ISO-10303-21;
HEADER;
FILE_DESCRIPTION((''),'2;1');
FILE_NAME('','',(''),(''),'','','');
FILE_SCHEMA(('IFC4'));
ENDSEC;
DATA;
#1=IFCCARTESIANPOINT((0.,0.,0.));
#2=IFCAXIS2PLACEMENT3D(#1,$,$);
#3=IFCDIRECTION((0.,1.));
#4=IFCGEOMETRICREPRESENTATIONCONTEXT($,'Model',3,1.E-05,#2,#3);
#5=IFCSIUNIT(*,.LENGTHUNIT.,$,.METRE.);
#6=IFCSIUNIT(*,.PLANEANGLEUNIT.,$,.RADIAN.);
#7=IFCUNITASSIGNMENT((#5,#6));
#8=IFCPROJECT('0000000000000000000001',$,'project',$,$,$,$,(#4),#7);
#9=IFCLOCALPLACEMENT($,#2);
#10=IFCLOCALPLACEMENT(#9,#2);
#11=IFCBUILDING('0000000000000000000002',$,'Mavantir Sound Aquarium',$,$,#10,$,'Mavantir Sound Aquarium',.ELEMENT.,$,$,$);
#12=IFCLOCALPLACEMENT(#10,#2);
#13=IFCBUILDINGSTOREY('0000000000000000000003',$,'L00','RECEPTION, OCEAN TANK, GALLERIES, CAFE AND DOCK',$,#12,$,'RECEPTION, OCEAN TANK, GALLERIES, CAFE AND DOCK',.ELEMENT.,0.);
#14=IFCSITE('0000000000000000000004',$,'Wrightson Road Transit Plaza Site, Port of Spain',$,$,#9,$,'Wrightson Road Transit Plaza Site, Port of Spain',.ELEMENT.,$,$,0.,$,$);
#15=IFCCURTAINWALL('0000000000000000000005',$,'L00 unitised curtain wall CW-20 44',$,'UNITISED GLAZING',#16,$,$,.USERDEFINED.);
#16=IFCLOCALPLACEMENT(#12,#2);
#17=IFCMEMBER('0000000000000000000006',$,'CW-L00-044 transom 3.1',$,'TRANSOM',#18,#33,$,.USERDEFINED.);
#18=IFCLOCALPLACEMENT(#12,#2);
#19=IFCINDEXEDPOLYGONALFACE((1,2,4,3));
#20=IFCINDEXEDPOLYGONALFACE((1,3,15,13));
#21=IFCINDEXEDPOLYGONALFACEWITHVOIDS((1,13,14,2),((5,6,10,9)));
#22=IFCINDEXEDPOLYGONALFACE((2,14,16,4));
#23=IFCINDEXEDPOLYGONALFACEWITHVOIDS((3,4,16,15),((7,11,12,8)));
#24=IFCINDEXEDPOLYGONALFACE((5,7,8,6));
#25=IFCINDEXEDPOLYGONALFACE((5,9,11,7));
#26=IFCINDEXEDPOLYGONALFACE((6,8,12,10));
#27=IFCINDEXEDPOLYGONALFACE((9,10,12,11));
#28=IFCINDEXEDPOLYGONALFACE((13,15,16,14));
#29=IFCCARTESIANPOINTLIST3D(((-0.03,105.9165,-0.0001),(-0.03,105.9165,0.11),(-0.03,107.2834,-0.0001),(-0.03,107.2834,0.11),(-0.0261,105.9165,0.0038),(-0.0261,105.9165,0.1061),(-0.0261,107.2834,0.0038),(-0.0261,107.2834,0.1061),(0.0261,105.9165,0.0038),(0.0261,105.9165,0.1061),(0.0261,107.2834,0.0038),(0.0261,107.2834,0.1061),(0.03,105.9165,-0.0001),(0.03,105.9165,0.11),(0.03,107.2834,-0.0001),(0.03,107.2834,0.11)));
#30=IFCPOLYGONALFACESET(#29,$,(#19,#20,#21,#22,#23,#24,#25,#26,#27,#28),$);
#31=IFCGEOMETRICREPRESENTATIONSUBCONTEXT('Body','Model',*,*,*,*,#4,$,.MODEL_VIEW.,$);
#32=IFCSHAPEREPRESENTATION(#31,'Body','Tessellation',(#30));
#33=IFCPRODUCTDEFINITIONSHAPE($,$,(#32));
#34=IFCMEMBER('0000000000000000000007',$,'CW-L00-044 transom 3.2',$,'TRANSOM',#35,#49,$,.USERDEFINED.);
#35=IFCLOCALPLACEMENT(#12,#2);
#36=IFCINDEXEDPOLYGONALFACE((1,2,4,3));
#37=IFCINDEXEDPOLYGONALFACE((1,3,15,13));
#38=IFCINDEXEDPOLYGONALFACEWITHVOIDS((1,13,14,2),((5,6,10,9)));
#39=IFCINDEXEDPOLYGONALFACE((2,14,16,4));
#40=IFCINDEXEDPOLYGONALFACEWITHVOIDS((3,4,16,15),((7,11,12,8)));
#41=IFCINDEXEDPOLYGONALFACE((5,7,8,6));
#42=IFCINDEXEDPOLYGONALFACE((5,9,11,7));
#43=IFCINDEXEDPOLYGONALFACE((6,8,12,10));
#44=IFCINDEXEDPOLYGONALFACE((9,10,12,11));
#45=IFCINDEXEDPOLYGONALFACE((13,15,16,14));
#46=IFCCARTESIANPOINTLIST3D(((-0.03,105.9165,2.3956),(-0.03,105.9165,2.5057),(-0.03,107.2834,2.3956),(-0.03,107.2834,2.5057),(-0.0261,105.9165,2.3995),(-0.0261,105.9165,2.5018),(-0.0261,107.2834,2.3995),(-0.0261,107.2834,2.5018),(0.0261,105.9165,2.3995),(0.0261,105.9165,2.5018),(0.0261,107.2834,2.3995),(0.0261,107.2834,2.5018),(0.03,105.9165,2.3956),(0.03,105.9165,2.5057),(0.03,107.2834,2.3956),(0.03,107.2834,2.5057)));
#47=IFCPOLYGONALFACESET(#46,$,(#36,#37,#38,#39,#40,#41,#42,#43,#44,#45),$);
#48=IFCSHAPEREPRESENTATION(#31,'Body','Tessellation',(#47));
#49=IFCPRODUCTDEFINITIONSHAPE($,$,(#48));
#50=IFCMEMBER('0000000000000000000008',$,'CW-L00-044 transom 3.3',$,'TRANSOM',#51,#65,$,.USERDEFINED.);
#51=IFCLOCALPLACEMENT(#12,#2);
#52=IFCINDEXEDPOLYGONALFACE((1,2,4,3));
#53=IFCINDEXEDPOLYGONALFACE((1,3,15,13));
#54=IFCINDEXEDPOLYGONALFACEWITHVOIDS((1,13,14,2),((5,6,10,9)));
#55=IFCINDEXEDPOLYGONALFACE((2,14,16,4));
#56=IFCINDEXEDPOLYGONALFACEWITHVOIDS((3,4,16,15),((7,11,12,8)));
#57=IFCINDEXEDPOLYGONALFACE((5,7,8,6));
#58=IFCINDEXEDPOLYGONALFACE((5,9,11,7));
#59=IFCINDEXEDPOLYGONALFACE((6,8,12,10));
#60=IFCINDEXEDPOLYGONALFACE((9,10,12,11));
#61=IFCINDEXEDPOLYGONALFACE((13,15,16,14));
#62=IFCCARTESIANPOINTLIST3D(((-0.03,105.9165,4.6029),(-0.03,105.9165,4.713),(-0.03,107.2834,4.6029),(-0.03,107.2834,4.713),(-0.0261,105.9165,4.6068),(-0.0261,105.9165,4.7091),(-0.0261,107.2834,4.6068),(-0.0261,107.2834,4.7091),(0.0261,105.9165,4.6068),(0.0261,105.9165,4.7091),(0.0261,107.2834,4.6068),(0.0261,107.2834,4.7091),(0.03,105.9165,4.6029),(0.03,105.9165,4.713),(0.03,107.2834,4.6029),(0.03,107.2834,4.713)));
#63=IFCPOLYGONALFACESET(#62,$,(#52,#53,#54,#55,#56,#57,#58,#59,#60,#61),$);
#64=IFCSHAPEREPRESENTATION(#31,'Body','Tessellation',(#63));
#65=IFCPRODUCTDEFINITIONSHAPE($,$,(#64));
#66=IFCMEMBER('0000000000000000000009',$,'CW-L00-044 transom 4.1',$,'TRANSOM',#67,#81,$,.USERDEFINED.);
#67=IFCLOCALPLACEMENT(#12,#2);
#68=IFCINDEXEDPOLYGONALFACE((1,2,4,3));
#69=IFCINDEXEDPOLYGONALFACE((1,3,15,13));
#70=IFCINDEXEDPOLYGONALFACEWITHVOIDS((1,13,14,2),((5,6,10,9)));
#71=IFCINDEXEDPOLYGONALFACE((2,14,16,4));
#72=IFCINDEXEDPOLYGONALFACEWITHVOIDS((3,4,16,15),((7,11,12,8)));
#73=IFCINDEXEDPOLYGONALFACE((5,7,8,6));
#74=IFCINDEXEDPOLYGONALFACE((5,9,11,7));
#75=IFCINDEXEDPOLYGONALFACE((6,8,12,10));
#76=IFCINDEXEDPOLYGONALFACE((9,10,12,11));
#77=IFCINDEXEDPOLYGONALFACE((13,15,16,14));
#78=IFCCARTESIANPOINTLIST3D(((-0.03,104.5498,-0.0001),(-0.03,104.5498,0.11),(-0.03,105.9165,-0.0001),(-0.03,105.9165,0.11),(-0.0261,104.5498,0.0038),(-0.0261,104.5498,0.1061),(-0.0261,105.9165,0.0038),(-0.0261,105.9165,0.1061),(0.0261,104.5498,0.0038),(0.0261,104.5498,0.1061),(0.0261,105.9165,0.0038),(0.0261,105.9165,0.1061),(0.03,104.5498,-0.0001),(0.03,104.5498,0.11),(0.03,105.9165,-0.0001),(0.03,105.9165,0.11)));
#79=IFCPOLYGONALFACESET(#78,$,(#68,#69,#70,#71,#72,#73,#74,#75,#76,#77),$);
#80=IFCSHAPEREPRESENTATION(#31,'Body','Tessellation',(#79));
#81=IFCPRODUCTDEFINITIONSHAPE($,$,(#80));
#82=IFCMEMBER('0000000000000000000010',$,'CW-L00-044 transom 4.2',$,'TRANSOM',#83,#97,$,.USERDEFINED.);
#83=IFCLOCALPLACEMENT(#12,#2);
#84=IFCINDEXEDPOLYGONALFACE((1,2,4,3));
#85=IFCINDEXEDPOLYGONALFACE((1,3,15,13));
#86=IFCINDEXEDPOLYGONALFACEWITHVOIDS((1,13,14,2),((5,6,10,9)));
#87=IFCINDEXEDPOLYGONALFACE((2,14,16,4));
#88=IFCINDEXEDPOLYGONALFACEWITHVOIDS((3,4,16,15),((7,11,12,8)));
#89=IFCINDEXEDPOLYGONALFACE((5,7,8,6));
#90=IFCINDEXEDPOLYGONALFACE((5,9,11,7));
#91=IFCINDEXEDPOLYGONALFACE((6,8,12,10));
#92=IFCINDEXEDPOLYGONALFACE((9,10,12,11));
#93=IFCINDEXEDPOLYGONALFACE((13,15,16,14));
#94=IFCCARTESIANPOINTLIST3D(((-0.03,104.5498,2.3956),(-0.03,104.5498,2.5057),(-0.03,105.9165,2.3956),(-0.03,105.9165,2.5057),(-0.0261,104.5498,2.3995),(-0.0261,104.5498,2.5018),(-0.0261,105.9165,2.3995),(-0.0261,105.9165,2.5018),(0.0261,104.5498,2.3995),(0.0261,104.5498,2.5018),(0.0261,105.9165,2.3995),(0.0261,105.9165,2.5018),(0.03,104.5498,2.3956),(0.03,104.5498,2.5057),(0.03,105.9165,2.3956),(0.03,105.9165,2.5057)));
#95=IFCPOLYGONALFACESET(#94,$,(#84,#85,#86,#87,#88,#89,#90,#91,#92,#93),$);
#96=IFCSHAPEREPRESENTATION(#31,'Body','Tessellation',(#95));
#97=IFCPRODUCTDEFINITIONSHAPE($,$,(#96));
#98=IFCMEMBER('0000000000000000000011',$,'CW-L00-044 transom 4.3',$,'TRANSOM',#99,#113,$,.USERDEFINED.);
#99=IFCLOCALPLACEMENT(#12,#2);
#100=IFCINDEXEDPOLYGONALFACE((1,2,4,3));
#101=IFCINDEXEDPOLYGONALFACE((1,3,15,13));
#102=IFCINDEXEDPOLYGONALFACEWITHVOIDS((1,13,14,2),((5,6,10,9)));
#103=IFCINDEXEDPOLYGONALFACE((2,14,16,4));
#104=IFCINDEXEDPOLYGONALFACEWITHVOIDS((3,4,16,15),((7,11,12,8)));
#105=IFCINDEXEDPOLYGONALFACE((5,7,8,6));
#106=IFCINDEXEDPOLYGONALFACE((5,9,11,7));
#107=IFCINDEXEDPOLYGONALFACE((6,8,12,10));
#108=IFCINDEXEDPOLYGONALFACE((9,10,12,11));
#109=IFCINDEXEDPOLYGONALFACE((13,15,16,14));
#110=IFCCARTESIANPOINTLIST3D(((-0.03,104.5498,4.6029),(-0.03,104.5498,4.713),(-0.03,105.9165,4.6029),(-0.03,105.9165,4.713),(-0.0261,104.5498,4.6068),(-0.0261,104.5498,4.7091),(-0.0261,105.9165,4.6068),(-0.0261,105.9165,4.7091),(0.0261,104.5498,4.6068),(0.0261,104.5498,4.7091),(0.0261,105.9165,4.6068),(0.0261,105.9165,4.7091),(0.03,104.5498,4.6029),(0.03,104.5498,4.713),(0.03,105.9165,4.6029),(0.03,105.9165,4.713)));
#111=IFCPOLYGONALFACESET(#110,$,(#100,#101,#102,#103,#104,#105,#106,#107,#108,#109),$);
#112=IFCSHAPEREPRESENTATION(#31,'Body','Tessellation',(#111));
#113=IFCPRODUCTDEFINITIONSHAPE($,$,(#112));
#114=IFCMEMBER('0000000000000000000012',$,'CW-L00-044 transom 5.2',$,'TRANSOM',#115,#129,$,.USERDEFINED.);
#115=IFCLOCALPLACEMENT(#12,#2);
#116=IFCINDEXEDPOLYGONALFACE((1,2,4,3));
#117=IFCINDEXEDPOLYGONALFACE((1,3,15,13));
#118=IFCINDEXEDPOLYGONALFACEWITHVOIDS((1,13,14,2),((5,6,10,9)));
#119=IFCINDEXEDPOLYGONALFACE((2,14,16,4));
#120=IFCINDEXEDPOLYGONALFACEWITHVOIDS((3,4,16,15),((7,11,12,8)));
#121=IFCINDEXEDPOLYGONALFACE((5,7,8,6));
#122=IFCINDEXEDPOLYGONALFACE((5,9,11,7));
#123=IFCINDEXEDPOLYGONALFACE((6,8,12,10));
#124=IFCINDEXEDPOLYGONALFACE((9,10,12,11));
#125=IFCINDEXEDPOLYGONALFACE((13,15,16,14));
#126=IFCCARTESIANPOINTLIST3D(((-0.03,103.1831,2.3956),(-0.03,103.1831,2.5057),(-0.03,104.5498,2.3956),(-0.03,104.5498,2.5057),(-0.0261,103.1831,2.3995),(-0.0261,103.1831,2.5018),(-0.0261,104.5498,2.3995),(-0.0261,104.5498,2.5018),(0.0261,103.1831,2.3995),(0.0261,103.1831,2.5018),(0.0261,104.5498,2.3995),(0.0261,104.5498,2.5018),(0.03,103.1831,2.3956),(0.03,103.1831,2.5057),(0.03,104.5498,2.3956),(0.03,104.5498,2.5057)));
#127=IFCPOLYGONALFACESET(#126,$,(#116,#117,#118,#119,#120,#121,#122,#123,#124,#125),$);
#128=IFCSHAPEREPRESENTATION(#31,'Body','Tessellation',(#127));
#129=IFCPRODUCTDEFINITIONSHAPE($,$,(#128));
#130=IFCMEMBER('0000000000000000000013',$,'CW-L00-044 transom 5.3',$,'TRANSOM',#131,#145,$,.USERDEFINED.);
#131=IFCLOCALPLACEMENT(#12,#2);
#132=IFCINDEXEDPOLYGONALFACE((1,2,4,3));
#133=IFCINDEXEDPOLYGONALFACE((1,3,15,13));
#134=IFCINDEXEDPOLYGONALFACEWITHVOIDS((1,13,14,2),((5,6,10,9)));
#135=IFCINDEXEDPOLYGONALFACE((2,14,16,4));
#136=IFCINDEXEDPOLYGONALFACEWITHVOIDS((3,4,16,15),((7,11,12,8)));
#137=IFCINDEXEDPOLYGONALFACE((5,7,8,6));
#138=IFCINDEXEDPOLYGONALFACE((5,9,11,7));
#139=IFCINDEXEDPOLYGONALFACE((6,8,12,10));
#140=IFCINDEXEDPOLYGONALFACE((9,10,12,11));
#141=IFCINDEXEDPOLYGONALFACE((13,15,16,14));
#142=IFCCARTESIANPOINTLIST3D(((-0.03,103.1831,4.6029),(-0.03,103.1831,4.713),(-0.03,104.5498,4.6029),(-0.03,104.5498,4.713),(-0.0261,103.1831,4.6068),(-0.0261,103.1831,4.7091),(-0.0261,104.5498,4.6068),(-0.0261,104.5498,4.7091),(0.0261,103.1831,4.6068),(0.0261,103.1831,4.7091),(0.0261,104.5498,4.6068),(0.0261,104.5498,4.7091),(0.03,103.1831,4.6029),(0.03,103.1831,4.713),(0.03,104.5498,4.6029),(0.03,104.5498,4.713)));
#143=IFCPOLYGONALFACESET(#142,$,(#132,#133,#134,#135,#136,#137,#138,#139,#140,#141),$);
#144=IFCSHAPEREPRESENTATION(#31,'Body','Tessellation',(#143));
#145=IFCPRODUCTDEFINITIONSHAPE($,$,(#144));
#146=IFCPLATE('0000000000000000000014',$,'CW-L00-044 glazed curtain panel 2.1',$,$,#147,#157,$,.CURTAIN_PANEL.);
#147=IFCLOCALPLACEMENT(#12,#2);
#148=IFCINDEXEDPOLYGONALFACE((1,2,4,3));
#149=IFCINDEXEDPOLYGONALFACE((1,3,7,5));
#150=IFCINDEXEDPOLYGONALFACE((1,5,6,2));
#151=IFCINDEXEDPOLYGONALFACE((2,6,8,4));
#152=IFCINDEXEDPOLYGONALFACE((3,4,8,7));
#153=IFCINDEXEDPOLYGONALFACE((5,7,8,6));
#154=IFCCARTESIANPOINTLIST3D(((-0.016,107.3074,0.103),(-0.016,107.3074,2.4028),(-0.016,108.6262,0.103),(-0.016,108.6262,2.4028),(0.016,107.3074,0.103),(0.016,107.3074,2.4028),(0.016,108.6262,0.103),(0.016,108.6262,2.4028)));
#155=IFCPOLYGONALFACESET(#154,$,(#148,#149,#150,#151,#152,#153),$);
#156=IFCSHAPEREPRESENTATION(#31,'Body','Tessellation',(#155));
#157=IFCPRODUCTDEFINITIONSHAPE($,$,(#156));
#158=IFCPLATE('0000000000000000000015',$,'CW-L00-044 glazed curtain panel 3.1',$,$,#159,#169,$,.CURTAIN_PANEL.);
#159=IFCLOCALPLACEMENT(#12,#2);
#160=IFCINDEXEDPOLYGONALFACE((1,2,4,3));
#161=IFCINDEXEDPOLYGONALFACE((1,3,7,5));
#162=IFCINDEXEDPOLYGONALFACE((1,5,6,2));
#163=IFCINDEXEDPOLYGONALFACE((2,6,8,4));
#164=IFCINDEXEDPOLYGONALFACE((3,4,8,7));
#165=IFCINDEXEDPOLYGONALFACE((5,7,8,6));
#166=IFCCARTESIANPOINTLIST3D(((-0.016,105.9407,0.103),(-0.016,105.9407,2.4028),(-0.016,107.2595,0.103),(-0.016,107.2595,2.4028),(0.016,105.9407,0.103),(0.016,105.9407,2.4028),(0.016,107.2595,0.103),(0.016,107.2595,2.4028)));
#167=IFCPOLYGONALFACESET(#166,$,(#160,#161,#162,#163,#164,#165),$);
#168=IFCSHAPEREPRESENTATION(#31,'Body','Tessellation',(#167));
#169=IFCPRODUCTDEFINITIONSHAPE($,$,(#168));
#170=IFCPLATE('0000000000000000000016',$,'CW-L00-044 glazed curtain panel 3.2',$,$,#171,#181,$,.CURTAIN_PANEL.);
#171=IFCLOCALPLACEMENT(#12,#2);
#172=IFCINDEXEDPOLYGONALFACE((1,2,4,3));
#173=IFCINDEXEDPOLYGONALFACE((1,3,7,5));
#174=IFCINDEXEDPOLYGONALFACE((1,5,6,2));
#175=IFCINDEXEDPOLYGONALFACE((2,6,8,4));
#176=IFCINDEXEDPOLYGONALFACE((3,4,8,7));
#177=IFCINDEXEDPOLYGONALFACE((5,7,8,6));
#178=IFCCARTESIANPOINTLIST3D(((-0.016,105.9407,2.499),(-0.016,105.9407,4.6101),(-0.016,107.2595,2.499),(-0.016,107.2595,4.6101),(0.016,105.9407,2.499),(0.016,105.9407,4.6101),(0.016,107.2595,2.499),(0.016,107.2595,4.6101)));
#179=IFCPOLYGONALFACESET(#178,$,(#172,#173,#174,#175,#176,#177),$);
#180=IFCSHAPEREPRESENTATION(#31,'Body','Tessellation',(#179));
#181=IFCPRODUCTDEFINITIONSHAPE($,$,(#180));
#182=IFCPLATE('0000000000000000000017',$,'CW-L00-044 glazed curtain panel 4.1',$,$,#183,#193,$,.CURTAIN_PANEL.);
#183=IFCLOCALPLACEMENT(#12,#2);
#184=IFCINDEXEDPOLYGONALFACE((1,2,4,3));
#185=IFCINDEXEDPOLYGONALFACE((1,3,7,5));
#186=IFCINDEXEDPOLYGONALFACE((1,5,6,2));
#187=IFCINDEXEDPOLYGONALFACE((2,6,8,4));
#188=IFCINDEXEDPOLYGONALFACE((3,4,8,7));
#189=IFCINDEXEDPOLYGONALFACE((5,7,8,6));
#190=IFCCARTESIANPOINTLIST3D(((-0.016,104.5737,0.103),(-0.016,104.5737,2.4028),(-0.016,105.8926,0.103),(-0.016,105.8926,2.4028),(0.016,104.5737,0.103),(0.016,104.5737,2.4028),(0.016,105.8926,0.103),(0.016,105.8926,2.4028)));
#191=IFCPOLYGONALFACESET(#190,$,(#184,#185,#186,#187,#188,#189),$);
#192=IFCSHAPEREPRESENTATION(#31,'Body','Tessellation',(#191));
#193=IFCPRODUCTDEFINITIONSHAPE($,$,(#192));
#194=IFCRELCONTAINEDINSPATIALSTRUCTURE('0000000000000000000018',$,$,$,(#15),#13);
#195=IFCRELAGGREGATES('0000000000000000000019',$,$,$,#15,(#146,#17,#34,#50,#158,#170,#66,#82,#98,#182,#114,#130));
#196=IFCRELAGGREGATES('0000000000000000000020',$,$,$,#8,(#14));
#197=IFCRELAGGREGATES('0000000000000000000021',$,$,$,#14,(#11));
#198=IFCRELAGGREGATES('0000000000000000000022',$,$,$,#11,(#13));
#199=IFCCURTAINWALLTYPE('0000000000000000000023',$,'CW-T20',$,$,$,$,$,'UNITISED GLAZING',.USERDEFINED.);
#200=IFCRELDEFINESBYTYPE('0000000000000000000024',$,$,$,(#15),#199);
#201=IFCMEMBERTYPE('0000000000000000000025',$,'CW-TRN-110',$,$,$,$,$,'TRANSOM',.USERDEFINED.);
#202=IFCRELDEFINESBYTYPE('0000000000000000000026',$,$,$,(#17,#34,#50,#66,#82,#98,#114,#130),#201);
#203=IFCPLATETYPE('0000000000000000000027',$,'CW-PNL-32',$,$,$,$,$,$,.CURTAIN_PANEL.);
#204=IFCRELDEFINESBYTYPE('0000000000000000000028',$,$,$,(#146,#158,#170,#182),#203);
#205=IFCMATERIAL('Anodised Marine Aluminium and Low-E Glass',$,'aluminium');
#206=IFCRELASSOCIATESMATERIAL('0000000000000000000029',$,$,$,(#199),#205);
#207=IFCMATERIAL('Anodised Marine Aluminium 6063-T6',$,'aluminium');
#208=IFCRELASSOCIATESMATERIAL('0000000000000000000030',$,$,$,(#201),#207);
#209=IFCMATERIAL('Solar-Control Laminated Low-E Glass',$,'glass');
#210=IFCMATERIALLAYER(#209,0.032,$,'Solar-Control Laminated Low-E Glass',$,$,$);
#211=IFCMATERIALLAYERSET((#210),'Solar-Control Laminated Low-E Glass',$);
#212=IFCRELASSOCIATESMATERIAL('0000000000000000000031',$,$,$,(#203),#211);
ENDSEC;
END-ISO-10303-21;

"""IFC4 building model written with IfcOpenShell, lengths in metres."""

from ifc_helpers import new_model, si_unit, direction, frame, origin, origin_2d, place, context, subcontext, project, spatial, rectangle, hollow_rectangle, extrude, material, layer, layer_set, material_profile, profile_set, type_object, element, aggregate, save


model = new_model("IFC4")

# Units and contexts
model_context = context("Model", 3, precision=1e-05, world=origin(), true_north=direction((0.0, 1.0)))
body_context = subcontext(model_context, "Body", "Model", "MODEL_VIEW")
ifc_project = project(units=[si_unit("LENGTHUNIT", "METRE"), si_unit("PLANEANGLEUNIT", "RADIAN")], contexts=[model_context])

# Site, building, storey
site_placement = place(None, origin())
site = spatial("IfcSite", under=ifc_project, at=site_placement, Name="Wrightson Road Transit Plaza Site, Port of Spain", LongName="Wrightson Road Transit Plaza Site, Port of Spain", CompositionType="ELEMENT", RefElevation=0.0)
building_placement = place(site_placement, origin())
building = spatial("IfcBuilding", under=site, at=building_placement, Name="Mavantir Sound Aquarium", LongName="Mavantir Sound Aquarium", CompositionType="ELEMENT")
storey_placement = place(building_placement, origin())
storey = spatial("IfcBuildingStorey", under=building, at=storey_placement, Name="L00", Description="RECEPTION, OCEAN TANK, GALLERIES, CAFE AND DOCK", LongName="RECEPTION, OCEAN TANK, GALLERIES, CAFE AND DOCK", CompositionType="ELEMENT", Elevation=0.0)

# Curtain wall, members, plates
ifc_material_1 = material(Name="Anodised Marine Aluminium and Low-E Glass", Category="aluminium")
curtain_wall_type = type_object("IfcCurtainWallType", Name="CW-T20", ElementType="UNITISED GLAZING", PredefinedType="USERDEFINED", material=ifc_material_1)
curtain_wall_placement = place(storey_placement, origin())
curtain_wall = element("IfcCurtainWall", 1, at=curtain_wall_placement, inside=storey, type_object=curtain_wall_type, Name="L00 unitised curtain wall CW-20 44", ObjectType="UNITISED GLAZING", PredefinedType="USERDEFINED")
ifc_material_2 = material(Name="Anodised Marine Aluminium 6063-T6", Category="aluminium")
ifc_material_profile_1 = material_profile(ifc_material_2, hollow_rectangle(XDim=0.0601, YDim=0.1101, WallThickness=0.0039, at=origin_2d()), Name="ALU-TRANSOM-110X60")
ifc_profile_set_1 = profile_set([ifc_material_profile_1], Name="Anodised Marine Aluminium 6063-T6")
member_type_1 = type_object("IfcMemberType", Name="CW-TRN-110", ElementType="TRANSOM", PredefinedType="USERDEFINED", material=ifc_profile_set_1)
member_1_placement = place(storey_placement, frame((0.0, 107.2834, 0.0549), z_axis=(0.0, -1.0, 0.0), x_axis=(1.0, 0.0, 0.0)))
member_1 = element("IfcMember", 2, at=member_1_placement, type_object=member_type_1, Name="CW-L00-044 transom 3.1", ObjectType="TRANSOM", PredefinedType="USERDEFINED", context=body_context, shape_type="SweptSolid", body=[
    extrude(hollow_rectangle(XDim=0.0601, YDim=0.1101, WallThickness=0.0039, at=origin_2d()), origin(), (0.0, 0.0, 1.0), 1.3669),
])
member_2_placement = place(storey_placement, frame((0.0, 107.2834, 2.4507), z_axis=(0.0, -1.0, 0.0), x_axis=(1.0, 0.0, 0.0)))
member_2 = element("IfcMember", 3, at=member_2_placement, type_object=member_type_1, Name="CW-L00-044 transom 3.2", ObjectType="TRANSOM", PredefinedType="USERDEFINED", context=body_context, shape_type="SweptSolid", body=[
    extrude(hollow_rectangle(XDim=0.0601, YDim=0.1101, WallThickness=0.0039, at=origin_2d()), origin(), (0.0, 0.0, 1.0), 1.3669),
])
member_3_placement = place(storey_placement, frame((0.0, 107.2834, 4.658), z_axis=(0.0, -1.0, 0.0), x_axis=(1.0, 0.0, 0.0)))
member_3 = element("IfcMember", 4, at=member_3_placement, type_object=member_type_1, Name="CW-L00-044 transom 3.3", ObjectType="TRANSOM", PredefinedType="USERDEFINED", context=body_context, shape_type="SweptSolid", body=[
    extrude(hollow_rectangle(XDim=0.0601, YDim=0.1101, WallThickness=0.0039, at=origin_2d()), origin(), (0.0, 0.0, 1.0), 1.3669),
])
member_4_placement = place(storey_placement, frame((0.0, 105.9165, 0.0549), z_axis=(0.0, -1.0, 0.0), x_axis=(1.0, 0.0, 0.0)))
member_4 = element("IfcMember", 5, at=member_4_placement, type_object=member_type_1, Name="CW-L00-044 transom 4.1", ObjectType="TRANSOM", PredefinedType="USERDEFINED", context=body_context, shape_type="SweptSolid", body=[
    extrude(hollow_rectangle(XDim=0.0601, YDim=0.1101, WallThickness=0.0039, at=origin_2d()), origin(), (0.0, 0.0, 1.0), 1.3667),
])
member_5_placement = place(storey_placement, frame((0.0, 105.9165, 2.4507), z_axis=(0.0, -1.0, 0.0), x_axis=(1.0, 0.0, 0.0)))
member_5 = element("IfcMember", 6, at=member_5_placement, type_object=member_type_1, Name="CW-L00-044 transom 4.2", ObjectType="TRANSOM", PredefinedType="USERDEFINED", context=body_context, shape_type="SweptSolid", body=[
    extrude(hollow_rectangle(XDim=0.0601, YDim=0.1101, WallThickness=0.0039, at=origin_2d()), origin(), (0.0, 0.0, 1.0), 1.3667),
])
member_6_placement = place(storey_placement, frame((0.0, 105.9165, 4.658), z_axis=(0.0, -1.0, 0.0), x_axis=(1.0, 0.0, 0.0)))
member_6 = element("IfcMember", 7, at=member_6_placement, type_object=member_type_1, Name="CW-L00-044 transom 4.3", ObjectType="TRANSOM", PredefinedType="USERDEFINED", context=body_context, shape_type="SweptSolid", body=[
    extrude(hollow_rectangle(XDim=0.0601, YDim=0.1101, WallThickness=0.0039, at=origin_2d()), origin(), (0.0, 0.0, 1.0), 1.3667),
])
member_7_placement = place(storey_placement, frame((0.0, 104.5498, 2.4507), z_axis=(0.0, -1.0, 0.0), x_axis=(1.0, 0.0, 0.0)))
member_7 = element("IfcMember", 8, at=member_7_placement, type_object=member_type_1, Name="CW-L00-044 transom 5.2", ObjectType="TRANSOM", PredefinedType="USERDEFINED", context=body_context, shape_type="SweptSolid", body=[
    extrude(hollow_rectangle(XDim=0.0601, YDim=0.1101, WallThickness=0.0039, at=origin_2d()), origin(), (0.0, 0.0, 1.0), 1.3667),
])
member_8_placement = place(storey_placement, frame((0.0, 104.5498, 4.658), z_axis=(0.0, -1.0, 0.0), x_axis=(1.0, 0.0, 0.0)))
member_8 = element("IfcMember", 9, at=member_8_placement, type_object=member_type_1, Name="CW-L00-044 transom 5.3", ObjectType="TRANSOM", PredefinedType="USERDEFINED", context=body_context, shape_type="SweptSolid", body=[
    extrude(hollow_rectangle(XDim=0.0601, YDim=0.1101, WallThickness=0.0039, at=origin_2d()), origin(), (0.0, 0.0, 1.0), 1.3667),
])
ifc_material_3 = material(Name="Solar-Control Laminated Low-E Glass", Category="glass")
ifc_layer_1 = layer(ifc_material_3, 0.032, Name="Solar-Control Laminated Low-E Glass")
ifc_layer_set_1 = layer_set([ifc_layer_1], Name="Solar-Control Laminated Low-E Glass")
plate_type = type_object("IfcPlateType", Name="CW-PNL-32", PredefinedType="CURTAIN_PANEL", material=ifc_layer_set_1)
plate_1_placement = place(storey_placement, frame((0.0, 107.9668, 0.103), z_axis=(0.0, 0.0, 1.0), x_axis=(0.0, -1.0, 0.0)))
plate_1 = element("IfcPlate", 10, at=plate_1_placement, type_object=plate_type, Name="CW-L00-044 glazed curtain panel 2.1", PredefinedType="CURTAIN_PANEL", context=body_context, shape_type="SweptSolid", body=[
    extrude(rectangle(XDim=1.3188, YDim=0.032, at=origin_2d()), origin(), (0.0, 0.0, 1.0), 2.2998),
])
plate_2_placement = place(storey_placement, frame((0.0, 106.6001, 0.103), z_axis=(0.0, 0.0, 1.0), x_axis=(0.0, -1.0, 0.0)))
plate_2 = element("IfcPlate", 11, at=plate_2_placement, type_object=plate_type, Name="CW-L00-044 glazed curtain panel 3.1", PredefinedType="CURTAIN_PANEL", context=body_context, shape_type="SweptSolid", body=[
    extrude(rectangle(XDim=1.3188, YDim=0.032, at=origin_2d()), origin(), (0.0, 0.0, 1.0), 2.2998),
])
plate_3_placement = place(storey_placement, frame((0.0, 106.6001, 2.499), z_axis=(0.0, 0.0, 1.0), x_axis=(0.0, -1.0, 0.0)))
plate_3 = element("IfcPlate", 12, at=plate_3_placement, type_object=plate_type, Name="CW-L00-044 glazed curtain panel 3.2", PredefinedType="CURTAIN_PANEL", context=body_context, shape_type="SweptSolid", body=[
    extrude(rectangle(XDim=1.3188, YDim=0.032, at=origin_2d()), origin(), (0.0, 0.0, 1.0), 2.1111),
])
plate_4_placement = place(storey_placement, frame((0.0, 105.2332, 0.103), z_axis=(0.0, 0.0, 1.0), x_axis=(0.0, -1.0, 0.0)))
plate_4 = element("IfcPlate", 13, at=plate_4_placement, type_object=plate_type, Name="CW-L00-044 glazed curtain panel 4.1", PredefinedType="CURTAIN_PANEL", context=body_context, shape_type="SweptSolid", body=[
    extrude(rectangle(XDim=1.3188, YDim=0.032, at=origin_2d()), origin(), (0.0, 0.0, 1.0), 2.2998),
])
aggregate(curtain_wall, [plate_1, member_1, member_2, member_3, plate_2, plate_3, member_4, member_5, member_6, plate_4, member_7, member_8])

save(model, "model.ifc")
